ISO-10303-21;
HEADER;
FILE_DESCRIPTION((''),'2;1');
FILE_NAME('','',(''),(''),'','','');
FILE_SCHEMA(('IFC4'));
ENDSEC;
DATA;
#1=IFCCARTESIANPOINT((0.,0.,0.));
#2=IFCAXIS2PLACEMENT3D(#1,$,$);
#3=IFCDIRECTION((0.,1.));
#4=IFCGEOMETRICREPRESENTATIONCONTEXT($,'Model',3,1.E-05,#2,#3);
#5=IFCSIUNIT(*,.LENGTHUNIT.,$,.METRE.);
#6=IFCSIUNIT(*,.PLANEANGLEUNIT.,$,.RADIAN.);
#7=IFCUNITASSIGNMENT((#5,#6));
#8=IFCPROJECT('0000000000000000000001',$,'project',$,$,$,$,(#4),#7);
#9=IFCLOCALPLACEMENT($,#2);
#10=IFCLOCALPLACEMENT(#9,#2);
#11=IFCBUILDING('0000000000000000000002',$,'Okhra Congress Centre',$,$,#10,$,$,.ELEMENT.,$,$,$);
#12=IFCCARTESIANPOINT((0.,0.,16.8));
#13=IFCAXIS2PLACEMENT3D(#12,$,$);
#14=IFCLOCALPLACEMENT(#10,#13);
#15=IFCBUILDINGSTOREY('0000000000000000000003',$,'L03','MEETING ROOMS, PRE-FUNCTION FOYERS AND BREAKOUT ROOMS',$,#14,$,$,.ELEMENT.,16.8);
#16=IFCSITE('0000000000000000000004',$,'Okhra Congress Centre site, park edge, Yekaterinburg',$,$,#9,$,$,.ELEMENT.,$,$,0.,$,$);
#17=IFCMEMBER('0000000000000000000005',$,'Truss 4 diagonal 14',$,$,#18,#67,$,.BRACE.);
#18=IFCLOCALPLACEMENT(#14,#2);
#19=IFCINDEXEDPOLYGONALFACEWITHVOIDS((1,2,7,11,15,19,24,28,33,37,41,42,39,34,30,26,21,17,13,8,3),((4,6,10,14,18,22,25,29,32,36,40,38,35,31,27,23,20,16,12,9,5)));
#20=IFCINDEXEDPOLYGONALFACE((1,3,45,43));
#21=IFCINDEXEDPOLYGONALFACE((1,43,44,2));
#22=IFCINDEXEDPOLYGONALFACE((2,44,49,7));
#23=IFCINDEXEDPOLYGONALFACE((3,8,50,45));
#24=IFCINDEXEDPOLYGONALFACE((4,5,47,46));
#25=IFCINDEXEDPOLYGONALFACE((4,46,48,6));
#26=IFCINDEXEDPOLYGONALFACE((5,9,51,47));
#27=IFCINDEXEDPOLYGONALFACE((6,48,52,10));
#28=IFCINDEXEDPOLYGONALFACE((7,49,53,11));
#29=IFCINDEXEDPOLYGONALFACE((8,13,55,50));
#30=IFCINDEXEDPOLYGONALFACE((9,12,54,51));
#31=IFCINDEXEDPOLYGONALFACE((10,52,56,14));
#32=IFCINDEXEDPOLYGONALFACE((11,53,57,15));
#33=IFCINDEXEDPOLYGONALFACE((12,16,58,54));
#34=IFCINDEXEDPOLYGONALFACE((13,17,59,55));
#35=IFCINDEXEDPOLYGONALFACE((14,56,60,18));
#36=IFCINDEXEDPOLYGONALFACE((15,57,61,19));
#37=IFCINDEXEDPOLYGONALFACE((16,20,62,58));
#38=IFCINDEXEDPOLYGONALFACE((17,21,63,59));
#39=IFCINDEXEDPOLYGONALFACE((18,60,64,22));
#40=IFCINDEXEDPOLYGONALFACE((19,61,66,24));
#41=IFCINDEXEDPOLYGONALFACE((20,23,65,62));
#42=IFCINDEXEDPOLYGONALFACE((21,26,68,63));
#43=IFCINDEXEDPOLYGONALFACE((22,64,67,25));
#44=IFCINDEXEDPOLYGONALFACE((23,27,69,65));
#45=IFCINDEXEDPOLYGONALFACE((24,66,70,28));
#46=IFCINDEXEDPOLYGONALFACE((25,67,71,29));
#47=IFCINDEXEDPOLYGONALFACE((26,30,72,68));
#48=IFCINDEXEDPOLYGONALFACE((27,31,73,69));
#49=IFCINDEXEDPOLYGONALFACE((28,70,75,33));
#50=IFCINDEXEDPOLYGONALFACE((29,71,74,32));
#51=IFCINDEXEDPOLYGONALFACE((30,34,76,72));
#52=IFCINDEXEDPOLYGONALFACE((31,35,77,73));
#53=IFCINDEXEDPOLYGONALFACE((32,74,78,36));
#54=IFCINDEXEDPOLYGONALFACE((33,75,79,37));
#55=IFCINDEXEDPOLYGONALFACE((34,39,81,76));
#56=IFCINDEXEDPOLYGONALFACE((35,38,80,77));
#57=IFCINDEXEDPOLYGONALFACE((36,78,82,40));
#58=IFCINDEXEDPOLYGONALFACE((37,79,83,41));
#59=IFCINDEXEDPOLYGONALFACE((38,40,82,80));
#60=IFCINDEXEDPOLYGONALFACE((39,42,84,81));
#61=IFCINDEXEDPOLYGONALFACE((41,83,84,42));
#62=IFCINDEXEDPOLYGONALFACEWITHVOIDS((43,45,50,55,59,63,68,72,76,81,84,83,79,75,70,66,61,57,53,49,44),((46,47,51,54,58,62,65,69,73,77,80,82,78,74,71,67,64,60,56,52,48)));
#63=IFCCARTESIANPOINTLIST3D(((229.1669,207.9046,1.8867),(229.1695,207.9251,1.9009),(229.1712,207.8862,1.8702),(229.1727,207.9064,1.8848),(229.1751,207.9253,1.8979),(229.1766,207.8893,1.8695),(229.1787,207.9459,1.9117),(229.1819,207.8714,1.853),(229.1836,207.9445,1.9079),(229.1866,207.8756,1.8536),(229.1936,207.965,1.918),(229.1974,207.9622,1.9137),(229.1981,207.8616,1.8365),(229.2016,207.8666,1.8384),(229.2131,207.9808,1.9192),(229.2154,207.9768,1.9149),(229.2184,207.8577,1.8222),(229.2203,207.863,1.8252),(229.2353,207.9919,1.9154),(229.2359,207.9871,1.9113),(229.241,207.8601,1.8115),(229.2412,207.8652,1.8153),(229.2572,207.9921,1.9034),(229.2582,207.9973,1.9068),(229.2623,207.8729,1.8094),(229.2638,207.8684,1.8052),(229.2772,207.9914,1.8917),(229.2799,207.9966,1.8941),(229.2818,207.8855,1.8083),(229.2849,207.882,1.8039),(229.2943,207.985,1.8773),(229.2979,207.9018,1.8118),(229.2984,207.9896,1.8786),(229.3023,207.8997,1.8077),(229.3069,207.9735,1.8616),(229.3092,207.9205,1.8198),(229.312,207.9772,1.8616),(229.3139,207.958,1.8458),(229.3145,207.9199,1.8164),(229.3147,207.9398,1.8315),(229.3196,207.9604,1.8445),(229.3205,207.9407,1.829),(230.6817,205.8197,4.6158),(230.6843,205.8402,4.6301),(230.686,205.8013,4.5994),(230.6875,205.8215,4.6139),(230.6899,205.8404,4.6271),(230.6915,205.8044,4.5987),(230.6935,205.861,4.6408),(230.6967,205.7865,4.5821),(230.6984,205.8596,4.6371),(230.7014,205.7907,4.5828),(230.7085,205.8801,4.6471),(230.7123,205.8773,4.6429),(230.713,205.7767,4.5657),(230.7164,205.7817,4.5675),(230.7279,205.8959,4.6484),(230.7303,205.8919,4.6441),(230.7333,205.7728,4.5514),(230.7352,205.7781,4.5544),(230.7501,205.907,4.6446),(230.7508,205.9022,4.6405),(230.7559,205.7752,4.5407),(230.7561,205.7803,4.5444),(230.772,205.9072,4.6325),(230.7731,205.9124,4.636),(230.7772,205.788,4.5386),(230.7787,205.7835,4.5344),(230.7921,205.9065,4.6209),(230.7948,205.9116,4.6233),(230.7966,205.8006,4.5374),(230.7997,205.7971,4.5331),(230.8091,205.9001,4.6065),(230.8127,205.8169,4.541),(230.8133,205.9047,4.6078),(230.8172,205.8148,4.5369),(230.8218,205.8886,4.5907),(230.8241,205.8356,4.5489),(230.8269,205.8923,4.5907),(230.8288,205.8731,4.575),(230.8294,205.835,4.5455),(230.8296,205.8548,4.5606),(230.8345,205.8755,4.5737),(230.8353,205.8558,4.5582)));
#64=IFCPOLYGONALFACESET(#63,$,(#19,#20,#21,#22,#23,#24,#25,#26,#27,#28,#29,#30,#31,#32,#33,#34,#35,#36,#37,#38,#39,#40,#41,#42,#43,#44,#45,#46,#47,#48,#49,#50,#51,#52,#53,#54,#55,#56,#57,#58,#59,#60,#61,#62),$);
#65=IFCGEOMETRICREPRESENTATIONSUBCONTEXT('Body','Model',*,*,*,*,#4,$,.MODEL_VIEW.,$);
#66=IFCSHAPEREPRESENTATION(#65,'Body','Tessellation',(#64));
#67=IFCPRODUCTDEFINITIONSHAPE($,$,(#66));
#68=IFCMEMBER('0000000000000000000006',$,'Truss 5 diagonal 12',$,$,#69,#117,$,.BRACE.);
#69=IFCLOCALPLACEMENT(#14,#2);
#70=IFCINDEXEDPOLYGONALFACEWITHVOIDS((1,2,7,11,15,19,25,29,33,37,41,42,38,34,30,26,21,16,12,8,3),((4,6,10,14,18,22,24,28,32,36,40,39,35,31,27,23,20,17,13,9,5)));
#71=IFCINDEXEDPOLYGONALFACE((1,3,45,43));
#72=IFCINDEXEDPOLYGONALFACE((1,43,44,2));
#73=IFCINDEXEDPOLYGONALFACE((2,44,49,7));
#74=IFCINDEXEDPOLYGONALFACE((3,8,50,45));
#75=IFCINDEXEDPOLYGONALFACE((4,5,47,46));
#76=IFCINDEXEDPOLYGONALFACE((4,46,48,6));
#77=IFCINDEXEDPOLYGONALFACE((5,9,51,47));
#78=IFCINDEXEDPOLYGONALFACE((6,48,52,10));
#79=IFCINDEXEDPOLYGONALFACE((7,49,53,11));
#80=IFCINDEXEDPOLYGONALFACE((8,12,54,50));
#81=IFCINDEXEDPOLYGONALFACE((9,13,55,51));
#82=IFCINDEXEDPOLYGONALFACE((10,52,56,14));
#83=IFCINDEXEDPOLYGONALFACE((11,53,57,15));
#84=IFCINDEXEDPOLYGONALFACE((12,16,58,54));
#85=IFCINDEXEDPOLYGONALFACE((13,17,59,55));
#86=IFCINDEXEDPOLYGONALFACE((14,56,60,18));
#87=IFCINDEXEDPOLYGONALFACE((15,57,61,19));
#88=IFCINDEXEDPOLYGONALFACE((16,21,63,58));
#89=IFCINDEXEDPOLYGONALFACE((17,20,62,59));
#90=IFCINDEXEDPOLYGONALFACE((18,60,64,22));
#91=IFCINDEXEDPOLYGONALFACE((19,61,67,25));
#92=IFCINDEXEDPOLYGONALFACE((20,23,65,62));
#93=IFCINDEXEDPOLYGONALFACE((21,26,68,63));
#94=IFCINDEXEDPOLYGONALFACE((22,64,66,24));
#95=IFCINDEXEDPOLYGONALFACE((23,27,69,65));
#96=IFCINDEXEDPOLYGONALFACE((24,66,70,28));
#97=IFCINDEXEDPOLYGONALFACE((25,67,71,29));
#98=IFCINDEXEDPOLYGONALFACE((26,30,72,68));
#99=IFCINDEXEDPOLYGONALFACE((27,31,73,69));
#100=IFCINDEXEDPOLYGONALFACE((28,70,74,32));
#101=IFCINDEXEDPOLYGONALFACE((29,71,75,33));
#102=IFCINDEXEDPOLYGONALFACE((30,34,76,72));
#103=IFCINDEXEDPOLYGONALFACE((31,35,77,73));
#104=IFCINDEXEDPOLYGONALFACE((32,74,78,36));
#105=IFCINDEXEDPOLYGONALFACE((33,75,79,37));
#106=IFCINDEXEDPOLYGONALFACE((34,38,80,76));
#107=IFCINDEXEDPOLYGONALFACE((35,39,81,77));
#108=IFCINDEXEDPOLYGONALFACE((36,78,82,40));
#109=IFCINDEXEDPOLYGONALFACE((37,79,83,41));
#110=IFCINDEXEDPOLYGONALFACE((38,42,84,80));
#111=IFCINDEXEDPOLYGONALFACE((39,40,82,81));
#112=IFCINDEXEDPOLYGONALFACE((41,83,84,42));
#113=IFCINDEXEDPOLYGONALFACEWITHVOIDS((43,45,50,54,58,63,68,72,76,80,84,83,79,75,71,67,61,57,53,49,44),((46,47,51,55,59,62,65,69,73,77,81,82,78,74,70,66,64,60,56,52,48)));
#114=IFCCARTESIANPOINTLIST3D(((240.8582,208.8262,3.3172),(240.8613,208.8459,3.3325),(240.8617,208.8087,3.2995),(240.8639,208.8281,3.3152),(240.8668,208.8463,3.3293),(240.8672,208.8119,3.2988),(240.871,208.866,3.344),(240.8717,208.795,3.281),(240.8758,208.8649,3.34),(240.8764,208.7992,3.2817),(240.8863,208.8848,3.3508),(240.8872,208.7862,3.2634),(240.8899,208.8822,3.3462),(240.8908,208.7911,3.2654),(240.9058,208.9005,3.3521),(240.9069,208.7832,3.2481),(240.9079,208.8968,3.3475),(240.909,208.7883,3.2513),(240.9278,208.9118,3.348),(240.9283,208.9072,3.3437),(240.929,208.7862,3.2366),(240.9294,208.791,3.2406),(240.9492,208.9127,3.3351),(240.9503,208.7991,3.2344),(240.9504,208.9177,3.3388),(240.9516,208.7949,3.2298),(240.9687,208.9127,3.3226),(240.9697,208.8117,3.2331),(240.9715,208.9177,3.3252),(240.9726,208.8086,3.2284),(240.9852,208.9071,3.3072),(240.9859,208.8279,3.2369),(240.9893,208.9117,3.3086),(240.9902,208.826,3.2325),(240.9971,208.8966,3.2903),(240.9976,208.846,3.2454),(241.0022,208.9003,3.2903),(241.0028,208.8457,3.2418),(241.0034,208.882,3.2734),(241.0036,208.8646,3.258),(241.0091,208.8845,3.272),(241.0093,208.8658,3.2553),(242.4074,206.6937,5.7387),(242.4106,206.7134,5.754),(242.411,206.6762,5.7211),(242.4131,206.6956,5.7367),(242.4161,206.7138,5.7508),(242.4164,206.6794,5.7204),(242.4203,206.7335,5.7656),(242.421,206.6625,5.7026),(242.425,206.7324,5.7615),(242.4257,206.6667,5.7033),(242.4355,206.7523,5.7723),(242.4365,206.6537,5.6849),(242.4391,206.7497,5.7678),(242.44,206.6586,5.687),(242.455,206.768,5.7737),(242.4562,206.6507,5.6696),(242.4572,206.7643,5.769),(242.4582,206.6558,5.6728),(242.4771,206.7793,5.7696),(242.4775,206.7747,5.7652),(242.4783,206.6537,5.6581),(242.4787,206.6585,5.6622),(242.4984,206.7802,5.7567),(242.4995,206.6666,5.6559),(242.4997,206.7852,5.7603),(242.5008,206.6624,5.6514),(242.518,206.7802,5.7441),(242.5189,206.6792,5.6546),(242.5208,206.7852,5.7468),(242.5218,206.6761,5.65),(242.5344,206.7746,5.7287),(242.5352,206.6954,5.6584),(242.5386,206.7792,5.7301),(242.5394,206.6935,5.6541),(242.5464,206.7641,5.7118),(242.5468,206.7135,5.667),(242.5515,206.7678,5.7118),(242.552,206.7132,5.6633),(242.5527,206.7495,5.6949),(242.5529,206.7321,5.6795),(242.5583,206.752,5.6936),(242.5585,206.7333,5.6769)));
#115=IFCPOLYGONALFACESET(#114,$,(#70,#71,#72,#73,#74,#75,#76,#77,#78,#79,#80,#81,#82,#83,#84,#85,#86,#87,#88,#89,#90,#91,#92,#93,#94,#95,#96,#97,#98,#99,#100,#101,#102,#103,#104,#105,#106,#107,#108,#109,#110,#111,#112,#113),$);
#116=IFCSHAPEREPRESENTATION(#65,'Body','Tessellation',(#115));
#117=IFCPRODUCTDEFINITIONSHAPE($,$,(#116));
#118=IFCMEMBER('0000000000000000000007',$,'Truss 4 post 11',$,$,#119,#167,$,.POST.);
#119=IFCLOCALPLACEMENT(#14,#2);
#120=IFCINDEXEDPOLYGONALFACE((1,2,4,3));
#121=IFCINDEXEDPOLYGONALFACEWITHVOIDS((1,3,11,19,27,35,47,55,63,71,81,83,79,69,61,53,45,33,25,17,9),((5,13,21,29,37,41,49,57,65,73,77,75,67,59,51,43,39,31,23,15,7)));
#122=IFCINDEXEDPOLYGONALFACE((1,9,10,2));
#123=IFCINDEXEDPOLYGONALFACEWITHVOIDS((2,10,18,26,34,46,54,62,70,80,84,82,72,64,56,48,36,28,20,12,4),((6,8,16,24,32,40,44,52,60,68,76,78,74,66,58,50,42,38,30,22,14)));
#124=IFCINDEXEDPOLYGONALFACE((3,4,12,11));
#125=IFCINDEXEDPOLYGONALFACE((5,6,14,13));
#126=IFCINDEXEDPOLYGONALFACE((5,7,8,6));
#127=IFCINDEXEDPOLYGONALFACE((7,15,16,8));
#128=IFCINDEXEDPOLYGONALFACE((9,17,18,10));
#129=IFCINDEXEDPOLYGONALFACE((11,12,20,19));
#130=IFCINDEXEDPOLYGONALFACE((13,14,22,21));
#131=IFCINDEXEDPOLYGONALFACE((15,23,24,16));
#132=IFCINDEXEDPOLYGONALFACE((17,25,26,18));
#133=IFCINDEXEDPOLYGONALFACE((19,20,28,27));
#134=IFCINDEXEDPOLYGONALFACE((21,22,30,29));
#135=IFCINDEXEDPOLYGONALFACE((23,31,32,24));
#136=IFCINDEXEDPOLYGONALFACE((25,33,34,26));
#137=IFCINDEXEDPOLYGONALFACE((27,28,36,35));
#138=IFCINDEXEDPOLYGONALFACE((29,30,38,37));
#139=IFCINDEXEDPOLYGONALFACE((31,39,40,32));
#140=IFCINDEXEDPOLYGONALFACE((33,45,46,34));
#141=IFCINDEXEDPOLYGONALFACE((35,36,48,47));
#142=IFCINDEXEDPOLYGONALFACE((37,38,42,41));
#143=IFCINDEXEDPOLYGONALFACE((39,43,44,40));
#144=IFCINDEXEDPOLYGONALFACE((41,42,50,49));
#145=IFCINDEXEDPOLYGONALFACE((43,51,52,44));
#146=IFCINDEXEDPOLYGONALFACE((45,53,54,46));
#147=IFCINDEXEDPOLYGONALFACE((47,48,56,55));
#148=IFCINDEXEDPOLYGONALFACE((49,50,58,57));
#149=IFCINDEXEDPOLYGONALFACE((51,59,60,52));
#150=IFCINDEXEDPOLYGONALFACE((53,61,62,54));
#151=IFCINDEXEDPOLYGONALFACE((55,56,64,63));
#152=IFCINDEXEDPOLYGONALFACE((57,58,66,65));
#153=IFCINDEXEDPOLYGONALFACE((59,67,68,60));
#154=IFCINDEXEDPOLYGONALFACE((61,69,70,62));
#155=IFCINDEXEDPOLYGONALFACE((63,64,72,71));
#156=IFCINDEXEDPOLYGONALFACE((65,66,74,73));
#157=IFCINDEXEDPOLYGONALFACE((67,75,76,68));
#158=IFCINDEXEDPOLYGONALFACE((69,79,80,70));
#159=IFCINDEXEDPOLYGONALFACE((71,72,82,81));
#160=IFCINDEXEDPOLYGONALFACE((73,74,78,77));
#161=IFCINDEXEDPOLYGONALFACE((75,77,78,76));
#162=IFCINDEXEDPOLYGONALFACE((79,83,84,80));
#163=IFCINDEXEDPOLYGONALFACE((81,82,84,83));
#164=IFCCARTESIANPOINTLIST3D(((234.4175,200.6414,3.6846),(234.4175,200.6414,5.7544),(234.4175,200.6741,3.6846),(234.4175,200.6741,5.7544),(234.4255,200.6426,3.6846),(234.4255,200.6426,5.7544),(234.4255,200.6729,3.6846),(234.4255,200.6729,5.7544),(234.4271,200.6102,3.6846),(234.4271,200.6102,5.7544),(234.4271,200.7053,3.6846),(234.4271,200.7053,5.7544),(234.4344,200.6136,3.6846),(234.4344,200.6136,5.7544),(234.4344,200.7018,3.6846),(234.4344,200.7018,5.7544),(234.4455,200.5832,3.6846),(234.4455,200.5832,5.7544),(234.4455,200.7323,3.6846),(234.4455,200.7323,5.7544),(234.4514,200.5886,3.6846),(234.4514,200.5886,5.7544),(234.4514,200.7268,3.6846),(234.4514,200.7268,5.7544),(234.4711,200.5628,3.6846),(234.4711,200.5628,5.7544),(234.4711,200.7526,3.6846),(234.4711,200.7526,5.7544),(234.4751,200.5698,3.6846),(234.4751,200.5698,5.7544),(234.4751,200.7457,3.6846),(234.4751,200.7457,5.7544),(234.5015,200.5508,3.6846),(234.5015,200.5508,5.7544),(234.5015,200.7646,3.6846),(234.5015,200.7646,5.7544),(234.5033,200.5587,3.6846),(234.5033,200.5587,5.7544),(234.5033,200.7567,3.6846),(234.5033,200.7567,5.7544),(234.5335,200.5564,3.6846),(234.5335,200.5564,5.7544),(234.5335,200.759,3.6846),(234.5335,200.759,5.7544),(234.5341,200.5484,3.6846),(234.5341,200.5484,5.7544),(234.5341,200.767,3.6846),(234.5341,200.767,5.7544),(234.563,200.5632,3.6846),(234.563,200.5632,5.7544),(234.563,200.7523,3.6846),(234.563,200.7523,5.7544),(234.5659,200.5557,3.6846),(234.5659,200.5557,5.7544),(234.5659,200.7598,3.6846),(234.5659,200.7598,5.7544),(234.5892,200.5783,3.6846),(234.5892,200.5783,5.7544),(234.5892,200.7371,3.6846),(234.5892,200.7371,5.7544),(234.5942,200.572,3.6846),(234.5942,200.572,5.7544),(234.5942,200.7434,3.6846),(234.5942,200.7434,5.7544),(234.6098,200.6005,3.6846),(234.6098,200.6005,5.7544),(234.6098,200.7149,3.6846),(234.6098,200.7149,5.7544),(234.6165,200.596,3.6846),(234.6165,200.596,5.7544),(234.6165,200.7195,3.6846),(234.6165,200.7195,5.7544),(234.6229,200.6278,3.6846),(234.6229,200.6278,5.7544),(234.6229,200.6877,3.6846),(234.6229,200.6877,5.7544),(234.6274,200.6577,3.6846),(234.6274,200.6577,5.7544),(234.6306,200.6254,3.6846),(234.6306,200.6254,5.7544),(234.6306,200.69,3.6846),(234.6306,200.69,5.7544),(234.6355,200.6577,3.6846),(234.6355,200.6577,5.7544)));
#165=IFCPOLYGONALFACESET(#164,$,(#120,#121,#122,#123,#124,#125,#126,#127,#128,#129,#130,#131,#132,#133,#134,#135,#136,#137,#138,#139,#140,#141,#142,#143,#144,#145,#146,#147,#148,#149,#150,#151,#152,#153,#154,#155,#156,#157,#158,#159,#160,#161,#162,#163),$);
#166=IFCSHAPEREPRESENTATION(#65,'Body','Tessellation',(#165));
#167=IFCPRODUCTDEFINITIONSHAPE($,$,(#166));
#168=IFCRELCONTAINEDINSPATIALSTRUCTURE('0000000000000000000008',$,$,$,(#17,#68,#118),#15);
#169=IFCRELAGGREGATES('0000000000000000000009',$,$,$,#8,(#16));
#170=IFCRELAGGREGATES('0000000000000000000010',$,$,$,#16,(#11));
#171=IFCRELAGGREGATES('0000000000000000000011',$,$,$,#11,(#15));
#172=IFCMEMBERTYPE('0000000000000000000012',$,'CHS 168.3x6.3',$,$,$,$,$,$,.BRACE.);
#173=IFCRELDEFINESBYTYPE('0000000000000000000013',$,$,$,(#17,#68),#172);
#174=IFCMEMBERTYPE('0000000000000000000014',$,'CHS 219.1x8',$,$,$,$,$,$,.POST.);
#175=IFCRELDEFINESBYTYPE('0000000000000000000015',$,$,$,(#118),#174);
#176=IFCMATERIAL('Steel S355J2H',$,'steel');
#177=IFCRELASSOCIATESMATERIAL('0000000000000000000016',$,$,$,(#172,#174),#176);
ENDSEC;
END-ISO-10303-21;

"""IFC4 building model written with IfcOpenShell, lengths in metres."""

from ifc_helpers import new_model, si_unit, direction, frame, origin, origin_2d, place, context, subcontext, project, spatial, hollow_circle, extrude, material, material_profile, profile_set, type_object, element, save


model = new_model("IFC4")

# Units and contexts
model_context = context("Model", 3, precision=1e-05, world=origin(), true_north=direction((0.0, 1.0)))
body_context = subcontext(model_context, "Body", "Model", "MODEL_VIEW")
ifc_project = project(units=[si_unit("LENGTHUNIT", "METRE"), si_unit("PLANEANGLEUNIT", "RADIAN")], contexts=[model_context])

# Site, building, storey
site_placement = place(None, origin())
site = spatial("IfcSite", under=ifc_project, at=site_placement, Name="Okhra Congress Centre site, park edge, Yekaterinburg", CompositionType="ELEMENT", RefElevation=0.0)
building_placement = place(site_placement, origin())
building = spatial("IfcBuilding", under=site, at=building_placement, Name="Okhra Congress Centre", CompositionType="ELEMENT")
storey_placement = place(building_placement, frame((0.0, 0.0, 16.8)))
storey = spatial("IfcBuildingStorey", under=building, at=storey_placement, Name="L03", Description="MEETING ROOMS, PRE-FUNCTION FOYERS AND BREAKOUT ROOMS", CompositionType="ELEMENT", Elevation=16.8)

# Members
ifc_material_1 = material(Name="Steel S355J2H", Category="steel")
ifc_material_profile_1 = material_profile(ifc_material_1, hollow_circle(Radius=0.0842, WallThickness=0.0063, at=origin_2d()), Name="CHS 168.3x6.3")
ifc_profile_set_1 = profile_set([ifc_material_profile_1], Name="Steel S355J2H")
member_type_1 = type_object("IfcMemberType", Name="CHS 168.3x6.3", PredefinedType="BRACE", material=ifc_profile_set_1)
member_1_placement = place(storey_placement, frame((229.2439, 207.9277, 1.8616), z_axis=(0.403566, -0.555432, 0.727069), x_axis=(0.809002, 0.587806, 0.0)))
element("IfcMember", 1, at=member_1_placement, inside=storey, type_object=member_type_1, Name="Truss 4 diagonal 14", PredefinedType="BRACE", context=body_context, shape_type="SweptSolid", body=[
    extrude(hollow_circle(Radius=0.0842, WallThickness=0.0063, at=origin_2d()), origin(), (0.0, 0.0, 1.0), 3.7537),
])
member_2_placement = place(storey_placement, frame((240.9341, 208.8508, 3.2903), z_axis=(0.432835, -0.59578, 0.676535), x_axis=(0.809032, 0.587764, 0.0)))
element("IfcMember", 2, at=member_2_placement, inside=storey, type_object=member_type_1, Name="Truss 5 diagonal 12", PredefinedType="BRACE", context=body_context, shape_type="SweptSolid", body=[
    extrude(hollow_circle(Radius=0.0842, WallThickness=0.0063, at=origin_2d()), origin(), (0.0, 0.0, 1.0), 3.5793),
])
ifc_material_profile_2 = material_profile(ifc_material_1, hollow_circle(Radius=0.1096, WallThickness=0.0081, at=origin_2d()), Name="CHS 219.1x8")
ifc_profile_set_2 = profile_set([ifc_material_profile_2], Name="Steel S355J2H")
member_type_2 = type_object("IfcMemberType", Name="CHS 219.1x8", PredefinedType="POST", material=ifc_profile_set_2)
member_3_placement = place(storey_placement, frame((234.5259, 200.6577, 3.6846), z_axis=(0.0, 0.0, 1.0), x_axis=(1.0, 0.0, 0.0)))
element("IfcMember", 3, at=member_3_placement, inside=storey, type_object=member_type_2, Name="Truss 4 post 11", PredefinedType="POST", context=body_context, shape_type="SweptSolid", body=[
    extrude(hollow_circle(Radius=0.1096, WallThickness=0.0081, at=origin_2d()), origin(), (0.0, 0.0, 1.0), 2.0698),
])

save(model, "model.ifc")
